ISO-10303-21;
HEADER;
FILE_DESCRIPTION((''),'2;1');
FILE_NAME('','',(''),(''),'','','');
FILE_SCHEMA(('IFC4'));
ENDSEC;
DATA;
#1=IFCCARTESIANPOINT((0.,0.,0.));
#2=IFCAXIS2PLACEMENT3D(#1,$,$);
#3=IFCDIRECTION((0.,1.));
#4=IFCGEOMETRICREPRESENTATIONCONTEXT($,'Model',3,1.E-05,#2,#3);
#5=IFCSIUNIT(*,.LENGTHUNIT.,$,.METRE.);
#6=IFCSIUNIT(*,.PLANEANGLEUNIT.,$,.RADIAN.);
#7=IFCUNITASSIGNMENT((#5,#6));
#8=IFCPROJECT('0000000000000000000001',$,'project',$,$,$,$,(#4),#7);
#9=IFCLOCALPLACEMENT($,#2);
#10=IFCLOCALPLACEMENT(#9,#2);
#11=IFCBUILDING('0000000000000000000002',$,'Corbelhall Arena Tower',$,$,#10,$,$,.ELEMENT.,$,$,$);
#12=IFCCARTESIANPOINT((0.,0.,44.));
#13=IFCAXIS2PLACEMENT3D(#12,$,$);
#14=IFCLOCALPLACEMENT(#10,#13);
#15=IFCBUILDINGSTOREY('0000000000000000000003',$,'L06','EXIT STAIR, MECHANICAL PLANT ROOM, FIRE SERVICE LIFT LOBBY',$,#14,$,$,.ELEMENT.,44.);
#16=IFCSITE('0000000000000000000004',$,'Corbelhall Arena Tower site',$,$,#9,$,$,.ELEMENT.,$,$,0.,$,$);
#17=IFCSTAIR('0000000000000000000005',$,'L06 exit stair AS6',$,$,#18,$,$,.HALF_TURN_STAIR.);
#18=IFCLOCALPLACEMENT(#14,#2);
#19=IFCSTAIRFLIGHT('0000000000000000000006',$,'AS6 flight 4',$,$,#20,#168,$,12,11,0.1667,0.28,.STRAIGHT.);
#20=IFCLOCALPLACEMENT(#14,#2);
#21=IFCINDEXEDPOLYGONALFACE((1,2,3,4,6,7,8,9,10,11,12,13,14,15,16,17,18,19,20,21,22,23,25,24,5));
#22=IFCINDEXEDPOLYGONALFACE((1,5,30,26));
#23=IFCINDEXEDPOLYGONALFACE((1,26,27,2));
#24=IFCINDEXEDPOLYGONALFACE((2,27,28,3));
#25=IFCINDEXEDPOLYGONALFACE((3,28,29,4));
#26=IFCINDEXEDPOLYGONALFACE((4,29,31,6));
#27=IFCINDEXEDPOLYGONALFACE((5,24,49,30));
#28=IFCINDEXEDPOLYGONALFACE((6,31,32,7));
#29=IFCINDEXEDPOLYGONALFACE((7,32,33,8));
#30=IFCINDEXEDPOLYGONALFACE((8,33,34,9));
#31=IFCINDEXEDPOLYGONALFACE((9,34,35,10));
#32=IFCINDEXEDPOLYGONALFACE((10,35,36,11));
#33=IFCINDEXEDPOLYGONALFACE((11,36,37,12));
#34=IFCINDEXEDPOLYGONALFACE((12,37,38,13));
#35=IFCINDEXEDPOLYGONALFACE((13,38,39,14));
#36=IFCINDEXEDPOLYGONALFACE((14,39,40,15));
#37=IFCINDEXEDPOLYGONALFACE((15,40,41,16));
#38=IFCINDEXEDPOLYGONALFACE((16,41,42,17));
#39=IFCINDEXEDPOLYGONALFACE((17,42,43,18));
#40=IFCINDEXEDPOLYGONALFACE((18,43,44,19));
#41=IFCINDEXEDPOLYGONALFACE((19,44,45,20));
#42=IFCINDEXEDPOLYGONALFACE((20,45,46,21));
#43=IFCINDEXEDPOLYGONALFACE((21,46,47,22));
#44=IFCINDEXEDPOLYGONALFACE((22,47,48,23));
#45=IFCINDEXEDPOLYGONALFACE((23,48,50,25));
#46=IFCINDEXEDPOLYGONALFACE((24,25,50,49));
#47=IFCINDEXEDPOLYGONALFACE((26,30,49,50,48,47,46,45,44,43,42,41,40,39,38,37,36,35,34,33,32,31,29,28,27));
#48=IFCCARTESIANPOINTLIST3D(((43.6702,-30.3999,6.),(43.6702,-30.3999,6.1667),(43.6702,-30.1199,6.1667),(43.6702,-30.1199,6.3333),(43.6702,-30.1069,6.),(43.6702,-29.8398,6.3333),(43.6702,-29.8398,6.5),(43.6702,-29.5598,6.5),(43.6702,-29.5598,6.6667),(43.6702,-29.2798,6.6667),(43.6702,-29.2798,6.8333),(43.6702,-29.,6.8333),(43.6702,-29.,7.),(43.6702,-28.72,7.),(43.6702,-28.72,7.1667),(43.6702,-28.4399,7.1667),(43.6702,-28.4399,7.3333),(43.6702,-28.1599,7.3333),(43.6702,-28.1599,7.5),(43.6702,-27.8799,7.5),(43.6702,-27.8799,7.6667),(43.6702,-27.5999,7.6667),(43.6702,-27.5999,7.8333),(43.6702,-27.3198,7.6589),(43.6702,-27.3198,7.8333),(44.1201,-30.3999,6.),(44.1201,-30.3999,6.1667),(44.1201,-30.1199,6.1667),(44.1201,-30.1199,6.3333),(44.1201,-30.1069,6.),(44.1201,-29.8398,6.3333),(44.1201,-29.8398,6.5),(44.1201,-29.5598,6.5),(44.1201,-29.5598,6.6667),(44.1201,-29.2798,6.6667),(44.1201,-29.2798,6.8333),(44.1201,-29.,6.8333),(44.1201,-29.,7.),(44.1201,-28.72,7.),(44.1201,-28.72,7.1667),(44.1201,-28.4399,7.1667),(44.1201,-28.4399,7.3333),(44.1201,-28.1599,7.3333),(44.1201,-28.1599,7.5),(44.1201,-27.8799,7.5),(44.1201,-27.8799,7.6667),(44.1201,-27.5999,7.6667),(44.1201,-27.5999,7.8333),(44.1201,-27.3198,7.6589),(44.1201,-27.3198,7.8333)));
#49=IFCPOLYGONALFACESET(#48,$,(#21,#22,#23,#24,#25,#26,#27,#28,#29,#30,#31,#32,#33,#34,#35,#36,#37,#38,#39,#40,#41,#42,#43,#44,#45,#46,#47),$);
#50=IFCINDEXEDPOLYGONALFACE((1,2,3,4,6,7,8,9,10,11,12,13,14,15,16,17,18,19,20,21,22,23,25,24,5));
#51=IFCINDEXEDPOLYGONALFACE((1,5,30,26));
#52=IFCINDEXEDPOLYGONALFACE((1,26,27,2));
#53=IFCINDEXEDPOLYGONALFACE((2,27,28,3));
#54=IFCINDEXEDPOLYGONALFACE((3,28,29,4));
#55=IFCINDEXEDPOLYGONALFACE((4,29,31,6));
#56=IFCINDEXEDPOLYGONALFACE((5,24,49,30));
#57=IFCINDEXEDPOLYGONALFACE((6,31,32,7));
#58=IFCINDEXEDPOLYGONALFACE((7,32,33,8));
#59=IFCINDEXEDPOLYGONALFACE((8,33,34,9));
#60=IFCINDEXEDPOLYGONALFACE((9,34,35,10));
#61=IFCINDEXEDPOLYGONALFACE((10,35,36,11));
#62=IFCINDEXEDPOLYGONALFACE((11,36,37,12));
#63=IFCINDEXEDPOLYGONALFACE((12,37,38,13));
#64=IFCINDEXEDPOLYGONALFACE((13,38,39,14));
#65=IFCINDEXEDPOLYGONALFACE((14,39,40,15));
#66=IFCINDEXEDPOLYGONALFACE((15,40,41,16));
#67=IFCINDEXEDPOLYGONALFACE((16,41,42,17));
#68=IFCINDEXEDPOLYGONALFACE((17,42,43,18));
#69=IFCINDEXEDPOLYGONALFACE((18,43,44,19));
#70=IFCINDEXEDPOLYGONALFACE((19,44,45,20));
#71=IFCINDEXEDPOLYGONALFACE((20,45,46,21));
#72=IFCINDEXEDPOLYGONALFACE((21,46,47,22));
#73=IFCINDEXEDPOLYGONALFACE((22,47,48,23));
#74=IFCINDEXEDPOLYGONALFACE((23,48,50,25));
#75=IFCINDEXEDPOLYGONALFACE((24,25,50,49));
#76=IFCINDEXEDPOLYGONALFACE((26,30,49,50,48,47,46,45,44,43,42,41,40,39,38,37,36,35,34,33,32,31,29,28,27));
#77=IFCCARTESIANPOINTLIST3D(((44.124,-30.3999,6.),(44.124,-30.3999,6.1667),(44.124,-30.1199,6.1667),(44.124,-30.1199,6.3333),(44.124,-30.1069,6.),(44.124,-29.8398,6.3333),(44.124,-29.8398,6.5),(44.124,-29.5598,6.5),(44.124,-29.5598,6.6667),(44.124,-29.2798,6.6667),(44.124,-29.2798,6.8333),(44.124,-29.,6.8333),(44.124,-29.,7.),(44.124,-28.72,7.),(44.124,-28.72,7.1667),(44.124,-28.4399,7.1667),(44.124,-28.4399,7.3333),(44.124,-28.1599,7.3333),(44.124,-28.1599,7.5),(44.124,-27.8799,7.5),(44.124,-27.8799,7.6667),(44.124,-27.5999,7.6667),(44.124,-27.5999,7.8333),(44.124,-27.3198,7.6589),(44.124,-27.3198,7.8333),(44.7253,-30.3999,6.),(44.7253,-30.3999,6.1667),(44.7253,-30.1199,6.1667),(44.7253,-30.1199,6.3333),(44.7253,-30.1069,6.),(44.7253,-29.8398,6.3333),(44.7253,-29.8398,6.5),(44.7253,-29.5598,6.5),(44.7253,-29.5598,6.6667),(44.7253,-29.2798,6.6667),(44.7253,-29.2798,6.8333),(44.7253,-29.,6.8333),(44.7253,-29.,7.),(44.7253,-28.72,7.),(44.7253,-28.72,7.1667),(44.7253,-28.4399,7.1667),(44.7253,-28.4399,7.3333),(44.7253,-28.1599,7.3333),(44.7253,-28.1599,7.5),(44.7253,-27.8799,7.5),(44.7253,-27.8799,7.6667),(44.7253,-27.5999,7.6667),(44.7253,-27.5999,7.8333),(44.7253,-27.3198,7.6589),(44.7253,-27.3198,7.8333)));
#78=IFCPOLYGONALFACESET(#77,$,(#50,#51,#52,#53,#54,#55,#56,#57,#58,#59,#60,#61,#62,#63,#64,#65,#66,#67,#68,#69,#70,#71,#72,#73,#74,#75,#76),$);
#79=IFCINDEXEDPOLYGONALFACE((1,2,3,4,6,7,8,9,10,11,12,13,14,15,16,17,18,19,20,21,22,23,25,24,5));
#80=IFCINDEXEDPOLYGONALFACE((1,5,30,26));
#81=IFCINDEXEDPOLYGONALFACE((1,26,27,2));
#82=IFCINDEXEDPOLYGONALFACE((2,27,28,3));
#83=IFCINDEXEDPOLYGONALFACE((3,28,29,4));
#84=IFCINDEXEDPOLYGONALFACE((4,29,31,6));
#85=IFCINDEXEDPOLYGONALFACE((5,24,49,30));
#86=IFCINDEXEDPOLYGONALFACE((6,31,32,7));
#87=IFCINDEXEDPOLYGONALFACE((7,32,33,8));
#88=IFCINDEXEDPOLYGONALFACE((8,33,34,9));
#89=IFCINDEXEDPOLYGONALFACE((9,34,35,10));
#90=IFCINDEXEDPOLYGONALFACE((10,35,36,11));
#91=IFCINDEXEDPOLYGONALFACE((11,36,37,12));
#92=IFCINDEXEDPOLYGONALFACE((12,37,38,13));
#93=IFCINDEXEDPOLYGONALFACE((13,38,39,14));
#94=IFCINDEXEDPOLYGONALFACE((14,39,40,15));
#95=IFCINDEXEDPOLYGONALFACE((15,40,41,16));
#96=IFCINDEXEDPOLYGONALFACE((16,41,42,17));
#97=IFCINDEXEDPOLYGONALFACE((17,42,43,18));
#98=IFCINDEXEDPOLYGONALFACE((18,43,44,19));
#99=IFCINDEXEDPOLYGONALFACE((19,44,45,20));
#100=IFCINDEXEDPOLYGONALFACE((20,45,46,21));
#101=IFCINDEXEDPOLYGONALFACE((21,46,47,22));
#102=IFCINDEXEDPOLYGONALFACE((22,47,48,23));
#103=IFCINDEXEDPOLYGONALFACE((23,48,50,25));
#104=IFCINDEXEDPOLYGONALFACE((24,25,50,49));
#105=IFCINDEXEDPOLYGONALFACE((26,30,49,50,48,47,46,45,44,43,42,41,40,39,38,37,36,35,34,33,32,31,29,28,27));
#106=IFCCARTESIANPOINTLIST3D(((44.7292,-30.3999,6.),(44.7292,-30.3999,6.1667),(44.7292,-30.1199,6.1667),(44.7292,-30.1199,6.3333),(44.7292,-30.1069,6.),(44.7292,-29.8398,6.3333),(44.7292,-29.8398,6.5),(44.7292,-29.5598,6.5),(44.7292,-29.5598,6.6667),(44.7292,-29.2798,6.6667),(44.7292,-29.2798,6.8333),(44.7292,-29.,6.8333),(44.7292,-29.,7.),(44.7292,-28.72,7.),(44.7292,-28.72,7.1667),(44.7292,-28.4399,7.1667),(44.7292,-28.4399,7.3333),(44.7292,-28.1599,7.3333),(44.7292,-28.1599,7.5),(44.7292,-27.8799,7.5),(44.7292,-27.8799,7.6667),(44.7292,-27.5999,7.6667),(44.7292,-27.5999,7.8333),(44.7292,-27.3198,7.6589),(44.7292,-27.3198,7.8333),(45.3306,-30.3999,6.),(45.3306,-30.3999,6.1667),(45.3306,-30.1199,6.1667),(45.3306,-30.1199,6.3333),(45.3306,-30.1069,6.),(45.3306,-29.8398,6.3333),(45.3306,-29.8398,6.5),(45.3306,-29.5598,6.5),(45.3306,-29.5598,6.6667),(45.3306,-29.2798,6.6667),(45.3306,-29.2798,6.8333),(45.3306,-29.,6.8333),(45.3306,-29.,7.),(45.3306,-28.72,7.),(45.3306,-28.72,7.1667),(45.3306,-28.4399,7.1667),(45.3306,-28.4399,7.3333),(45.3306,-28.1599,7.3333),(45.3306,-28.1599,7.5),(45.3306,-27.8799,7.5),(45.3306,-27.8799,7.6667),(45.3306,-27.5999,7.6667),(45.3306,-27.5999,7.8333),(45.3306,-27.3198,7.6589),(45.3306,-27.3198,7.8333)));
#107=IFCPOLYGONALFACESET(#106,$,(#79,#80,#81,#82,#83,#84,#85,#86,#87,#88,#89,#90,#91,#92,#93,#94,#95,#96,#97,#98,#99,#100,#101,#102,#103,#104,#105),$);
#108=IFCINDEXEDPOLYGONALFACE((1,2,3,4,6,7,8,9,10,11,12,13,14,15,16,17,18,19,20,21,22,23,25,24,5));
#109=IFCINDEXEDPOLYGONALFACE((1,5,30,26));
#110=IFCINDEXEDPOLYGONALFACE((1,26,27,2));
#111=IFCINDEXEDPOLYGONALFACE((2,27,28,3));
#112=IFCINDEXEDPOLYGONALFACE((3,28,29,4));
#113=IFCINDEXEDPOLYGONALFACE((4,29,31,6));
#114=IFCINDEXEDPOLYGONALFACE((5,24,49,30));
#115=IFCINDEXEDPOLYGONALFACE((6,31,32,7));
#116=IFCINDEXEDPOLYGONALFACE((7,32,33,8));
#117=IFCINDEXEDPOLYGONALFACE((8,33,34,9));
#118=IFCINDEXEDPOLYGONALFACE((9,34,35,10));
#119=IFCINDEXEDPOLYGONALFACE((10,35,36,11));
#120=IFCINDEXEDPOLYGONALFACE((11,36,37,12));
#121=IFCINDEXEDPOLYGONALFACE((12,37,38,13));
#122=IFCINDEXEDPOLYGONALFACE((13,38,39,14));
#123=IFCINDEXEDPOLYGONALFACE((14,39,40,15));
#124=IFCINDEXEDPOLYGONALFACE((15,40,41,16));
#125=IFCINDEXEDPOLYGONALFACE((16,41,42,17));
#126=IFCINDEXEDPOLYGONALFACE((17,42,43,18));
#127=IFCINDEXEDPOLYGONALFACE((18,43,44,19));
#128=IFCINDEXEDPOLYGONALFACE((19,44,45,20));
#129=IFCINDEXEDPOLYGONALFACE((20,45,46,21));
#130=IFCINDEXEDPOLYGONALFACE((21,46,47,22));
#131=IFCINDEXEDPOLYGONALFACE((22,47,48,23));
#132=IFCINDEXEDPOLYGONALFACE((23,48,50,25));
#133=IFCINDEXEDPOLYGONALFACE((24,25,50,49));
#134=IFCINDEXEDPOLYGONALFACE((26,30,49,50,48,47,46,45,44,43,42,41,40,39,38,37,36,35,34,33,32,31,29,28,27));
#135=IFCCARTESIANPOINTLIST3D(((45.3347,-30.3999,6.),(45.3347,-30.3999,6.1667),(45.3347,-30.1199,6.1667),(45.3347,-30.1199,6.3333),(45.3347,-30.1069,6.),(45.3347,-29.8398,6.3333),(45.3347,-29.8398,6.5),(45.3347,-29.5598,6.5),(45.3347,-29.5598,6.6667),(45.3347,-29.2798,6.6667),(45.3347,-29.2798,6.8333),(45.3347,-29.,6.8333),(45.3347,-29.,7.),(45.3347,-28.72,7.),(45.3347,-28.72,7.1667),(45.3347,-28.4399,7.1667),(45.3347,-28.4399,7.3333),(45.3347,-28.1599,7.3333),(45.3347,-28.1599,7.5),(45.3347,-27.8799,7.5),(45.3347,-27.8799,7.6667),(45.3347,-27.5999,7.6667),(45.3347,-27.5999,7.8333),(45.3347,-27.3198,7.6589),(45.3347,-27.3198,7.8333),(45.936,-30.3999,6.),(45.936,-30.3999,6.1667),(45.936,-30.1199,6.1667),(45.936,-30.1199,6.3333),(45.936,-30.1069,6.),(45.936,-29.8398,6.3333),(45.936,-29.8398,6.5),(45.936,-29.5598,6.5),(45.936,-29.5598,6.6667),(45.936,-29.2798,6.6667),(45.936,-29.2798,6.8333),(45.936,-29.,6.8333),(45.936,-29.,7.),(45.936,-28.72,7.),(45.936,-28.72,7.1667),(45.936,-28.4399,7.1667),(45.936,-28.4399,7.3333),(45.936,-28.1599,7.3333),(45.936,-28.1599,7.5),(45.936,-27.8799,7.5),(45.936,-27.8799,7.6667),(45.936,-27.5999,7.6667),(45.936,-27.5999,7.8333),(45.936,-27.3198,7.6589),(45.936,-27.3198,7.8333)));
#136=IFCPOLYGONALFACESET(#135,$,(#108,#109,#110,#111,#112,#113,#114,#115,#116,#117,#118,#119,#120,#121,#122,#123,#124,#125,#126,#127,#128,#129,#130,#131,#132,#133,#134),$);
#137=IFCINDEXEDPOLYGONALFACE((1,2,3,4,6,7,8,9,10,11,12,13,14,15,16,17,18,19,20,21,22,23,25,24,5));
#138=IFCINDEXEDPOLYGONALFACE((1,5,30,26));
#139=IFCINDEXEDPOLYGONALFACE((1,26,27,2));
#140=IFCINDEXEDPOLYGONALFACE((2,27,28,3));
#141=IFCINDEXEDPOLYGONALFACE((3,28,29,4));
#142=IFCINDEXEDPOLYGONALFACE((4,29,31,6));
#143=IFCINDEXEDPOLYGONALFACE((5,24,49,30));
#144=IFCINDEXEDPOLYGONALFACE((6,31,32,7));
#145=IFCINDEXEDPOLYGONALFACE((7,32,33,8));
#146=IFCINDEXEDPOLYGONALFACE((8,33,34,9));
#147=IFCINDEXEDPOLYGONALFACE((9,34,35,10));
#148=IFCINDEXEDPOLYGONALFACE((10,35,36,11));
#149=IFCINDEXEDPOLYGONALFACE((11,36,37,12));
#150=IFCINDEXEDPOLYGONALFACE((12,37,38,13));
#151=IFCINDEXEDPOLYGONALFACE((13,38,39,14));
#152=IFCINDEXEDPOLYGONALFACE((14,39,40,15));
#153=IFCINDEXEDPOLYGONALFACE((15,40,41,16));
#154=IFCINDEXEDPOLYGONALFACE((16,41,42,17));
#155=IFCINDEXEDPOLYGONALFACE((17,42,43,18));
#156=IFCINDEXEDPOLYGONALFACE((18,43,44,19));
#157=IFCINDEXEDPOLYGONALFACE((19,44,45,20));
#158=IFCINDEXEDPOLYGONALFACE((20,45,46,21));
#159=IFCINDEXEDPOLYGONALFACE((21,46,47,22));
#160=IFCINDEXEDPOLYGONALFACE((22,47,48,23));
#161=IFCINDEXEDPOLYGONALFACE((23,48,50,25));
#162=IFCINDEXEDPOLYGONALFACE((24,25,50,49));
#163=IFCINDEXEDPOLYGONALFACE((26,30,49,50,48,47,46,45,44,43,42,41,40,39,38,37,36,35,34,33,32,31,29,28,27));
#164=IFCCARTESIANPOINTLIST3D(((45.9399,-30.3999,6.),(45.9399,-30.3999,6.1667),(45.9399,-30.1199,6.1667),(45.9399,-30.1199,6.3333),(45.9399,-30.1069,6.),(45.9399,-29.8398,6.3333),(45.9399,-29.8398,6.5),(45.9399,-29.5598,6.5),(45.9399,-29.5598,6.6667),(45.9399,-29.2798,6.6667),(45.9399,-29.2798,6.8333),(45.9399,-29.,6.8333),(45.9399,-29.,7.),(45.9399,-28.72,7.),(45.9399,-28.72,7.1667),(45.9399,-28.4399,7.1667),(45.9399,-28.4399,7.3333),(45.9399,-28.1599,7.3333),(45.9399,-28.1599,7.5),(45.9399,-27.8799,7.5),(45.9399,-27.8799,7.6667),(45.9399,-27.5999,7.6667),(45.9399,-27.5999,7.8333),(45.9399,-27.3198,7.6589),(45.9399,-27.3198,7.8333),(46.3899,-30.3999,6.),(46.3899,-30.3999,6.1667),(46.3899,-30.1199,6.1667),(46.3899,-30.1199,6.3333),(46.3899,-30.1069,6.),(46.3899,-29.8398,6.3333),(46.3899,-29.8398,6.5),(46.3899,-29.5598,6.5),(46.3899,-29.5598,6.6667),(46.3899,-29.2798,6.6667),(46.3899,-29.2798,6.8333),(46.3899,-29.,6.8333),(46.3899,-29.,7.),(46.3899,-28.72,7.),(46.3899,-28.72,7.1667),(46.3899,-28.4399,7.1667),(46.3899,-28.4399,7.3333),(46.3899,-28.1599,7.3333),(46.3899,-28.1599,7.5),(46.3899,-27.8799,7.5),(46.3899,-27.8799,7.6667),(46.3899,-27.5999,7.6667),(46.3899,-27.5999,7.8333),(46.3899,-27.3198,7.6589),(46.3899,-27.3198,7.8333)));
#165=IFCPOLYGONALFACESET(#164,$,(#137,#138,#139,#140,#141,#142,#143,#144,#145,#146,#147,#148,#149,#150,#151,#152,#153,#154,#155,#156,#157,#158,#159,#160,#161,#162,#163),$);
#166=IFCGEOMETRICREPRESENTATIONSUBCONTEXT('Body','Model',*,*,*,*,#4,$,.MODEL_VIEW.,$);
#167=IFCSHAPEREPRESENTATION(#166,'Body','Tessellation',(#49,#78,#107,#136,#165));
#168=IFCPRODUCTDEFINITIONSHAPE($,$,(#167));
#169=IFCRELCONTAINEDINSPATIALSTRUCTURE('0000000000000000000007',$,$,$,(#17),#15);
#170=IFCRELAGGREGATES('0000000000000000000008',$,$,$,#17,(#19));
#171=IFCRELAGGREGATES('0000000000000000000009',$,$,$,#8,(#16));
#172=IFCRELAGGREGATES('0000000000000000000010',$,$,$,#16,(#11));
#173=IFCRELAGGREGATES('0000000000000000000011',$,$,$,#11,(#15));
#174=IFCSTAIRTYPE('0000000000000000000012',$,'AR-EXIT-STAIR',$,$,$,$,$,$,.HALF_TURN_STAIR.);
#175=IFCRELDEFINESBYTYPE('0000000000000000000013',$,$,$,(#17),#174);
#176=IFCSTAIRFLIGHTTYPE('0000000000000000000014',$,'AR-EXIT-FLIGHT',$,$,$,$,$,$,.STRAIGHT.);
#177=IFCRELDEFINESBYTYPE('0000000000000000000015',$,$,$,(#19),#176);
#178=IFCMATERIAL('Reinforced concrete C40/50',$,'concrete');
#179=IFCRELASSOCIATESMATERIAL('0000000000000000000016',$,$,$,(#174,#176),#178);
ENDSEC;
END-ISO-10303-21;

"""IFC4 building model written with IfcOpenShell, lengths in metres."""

from ifc_helpers import new_model, si_unit, direction, frame, origin, place, context, subcontext, project, spatial, polyline, outline, extrude, material, type_object, element, aggregate, save


model = new_model("IFC4")

# Units and contexts
model_context = context("Model", 3, precision=1e-05, world=origin(), true_north=direction((0.0, 1.0)))
body_context = subcontext(model_context, "Body", "Model", "MODEL_VIEW")
ifc_project = project(units=[si_unit("LENGTHUNIT", "METRE"), si_unit("PLANEANGLEUNIT", "RADIAN")], contexts=[model_context])

# Site, building, storey
site_placement = place(None, origin())
site = spatial("IfcSite", under=ifc_project, at=site_placement, Name="Corbelhall Arena Tower site", CompositionType="ELEMENT", RefElevation=0.0)
building_placement = place(site_placement, origin())
building = spatial("IfcBuilding", under=site, at=building_placement, Name="Corbelhall Arena Tower", CompositionType="ELEMENT")
storey_placement = place(building_placement, frame((0.0, 0.0, 44.0)))
storey = spatial("IfcBuildingStorey", under=building, at=storey_placement, Name="L06", Description="EXIT STAIR, MECHANICAL PLANT ROOM, FIRE SERVICE LIFT LOBBY", CompositionType="ELEMENT", Elevation=44.0)

# Shared definitions
ifc_material_1 = material(Name="Reinforced concrete C40/50", Category="concrete")

# Stair, stair flight
stair_type = type_object("IfcStairType", Name="AR-EXIT-STAIR", PredefinedType="HALF_TURN_STAIR", material=ifc_material_1)
stair_flight_type = type_object("IfcStairFlightType", Name="AR-EXIT-FLIGHT", PredefinedType="STRAIGHT", material=ifc_material_1)
stair_1_placement = place(storey_placement, origin())
stair_1 = element("IfcStair", 1, at=stair_1_placement, inside=storey, type_object=stair_type, Name="L06 exit stair AS6", PredefinedType="HALF_TURN_STAIR")
stair_flight_1_placement = place(storey_placement, frame((45.03, -30.3999, 6.0), z_axis=(0.0, 0.0, 1.0), x_axis=(0.0, 1.0, 0.0)))
stair_flight_1 = element("IfcStairFlight", 2, at=stair_flight_1_placement, type_object=stair_flight_type, Name="AS6 flight 4", NumberOfRisers=12, NumberOfTreads=11, PredefinedType="STRAIGHT", RiserHeight=0.1667, TreadLength=0.28, context=body_context, shape_type="SweptSolid", body=[
    extrude(outline(polyline([(0.0, 0.0), (0.0, 0.1667), (0.28, 0.1667), (0.28, 0.3333), (0.5601, 0.3333), (0.5601, 0.5), (0.8401, 0.5), (0.8401, 0.6667), (1.1201, 0.6667), (1.1201, 0.8333), (1.3999, 0.8333), (1.3999, 1.0), (1.6799, 1.0), (1.6799, 1.1667), (1.96, 1.1667), (1.96, 1.3333), (2.24, 1.3333), (2.24, 1.5), (2.52, 1.5), (2.52, 1.6667), (2.8, 1.6667), (2.8, 1.8333), (3.0801, 1.8333), (3.0801, 2.0), (3.0801, 1.6589), (0.293, 0.0), (0.0, 0.0)])), frame((0.0, 1.3599, 0.0), z_axis=(0.0, -1.0, 0.0), x_axis=(1.0, 0.0, 0.0)), (0.0, 0.0, 1.0), 0.45),
    extrude(outline(polyline([(0.0, 0.0), (0.0, 0.1667), (0.28, 0.1667), (0.28, 0.3333), (0.5601, 0.3333), (0.5601, 0.5), (0.8401, 0.5), (0.8401, 0.6667), (1.1201, 0.6667), (1.1201, 0.8333), (1.3999, 0.8333), (1.3999, 1.0), (1.6799, 1.0), (1.6799, 1.1667), (1.96, 1.1667), (1.96, 1.3333), (2.24, 1.3333), (2.24, 1.5), (2.52, 1.5), (2.52, 1.6667), (2.8, 1.6667), (2.8, 1.8333), (3.0801, 1.8333), (3.0801, 2.0), (3.0801, 1.6589), (0.293, 0.0), (0.0, 0.0)])), frame((0.0, 0.906, 0.0), z_axis=(0.0, -1.0, 0.0), x_axis=(1.0, 0.0, 0.0)), (0.0, 0.0, 1.0), 0.6013),
    extrude(outline(polyline([(0.0, 0.0), (0.0, 0.1667), (0.28, 0.1667), (0.28, 0.3333), (0.5601, 0.3333), (0.5601, 0.5), (0.8401, 0.5), (0.8401, 0.6667), (1.1201, 0.6667), (1.1201, 0.8333), (1.3999, 0.8333), (1.3999, 1.0), (1.6799, 1.0), (1.6799, 1.1667), (1.96, 1.1667), (1.96, 1.3333), (2.24, 1.3333), (2.24, 1.5), (2.52, 1.5), (2.52, 1.6667), (2.8, 1.6667), (2.8, 1.8333), (3.0801, 1.8333), (3.0801, 2.0), (3.0801, 1.6589), (0.293, 0.0), (0.0, 0.0)])), frame((0.0, 0.3008, 0.0), z_axis=(0.0, -1.0, 0.0), x_axis=(1.0, 0.0, 0.0)), (0.0, 0.0, 1.0), 0.6013),
    extrude(outline(polyline([(0.0, 0.0), (0.0, 0.1667), (0.28, 0.1667), (0.28, 0.3333), (0.5601, 0.3333), (0.5601, 0.5), (0.8401, 0.5), (0.8401, 0.6667), (1.1201, 0.6667), (1.1201, 0.8333), (1.3999, 0.8333), (1.3999, 1.0), (1.6799, 1.0), (1.6799, 1.1667), (1.96, 1.1667), (1.96, 1.3333), (2.24, 1.3333), (2.24, 1.5), (2.52, 1.5), (2.52, 1.6667), (2.8, 1.6667), (2.8, 1.8333), (3.0801, 1.8333), (3.0801, 2.0), (3.0801, 1.6589), (0.293, 0.0), (0.0, 0.0)])), frame((0.0, -0.3047, 0.0), z_axis=(0.0, -1.0, 0.0), x_axis=(1.0, 0.0, 0.0)), (0.0, 0.0, 1.0), 0.6013),
    extrude(outline(polyline([(0.0, 0.0), (0.0, 0.1667), (0.28, 0.1667), (0.28, 0.3333), (0.5601, 0.3333), (0.5601, 0.5), (0.8401, 0.5), (0.8401, 0.6667), (1.1201, 0.6667), (1.1201, 0.8333), (1.3999, 0.8333), (1.3999, 1.0), (1.6799, 1.0), (1.6799, 1.1667), (1.96, 1.1667), (1.96, 1.3333), (2.24, 1.3333), (2.24, 1.5), (2.52, 1.5), (2.52, 1.6667), (2.8, 1.6667), (2.8, 1.8333), (3.0801, 1.8333), (3.0801, 2.0), (3.0801, 1.6589), (0.293, 0.0), (0.0, 0.0)])), frame((0.0, -0.9099, 0.0), z_axis=(0.0, -1.0, 0.0), x_axis=(1.0, 0.0, 0.0)), (0.0, 0.0, 1.0), 0.45),
])
aggregate(stair_1, [stair_flight_1])

save(model, "model.ifc")
